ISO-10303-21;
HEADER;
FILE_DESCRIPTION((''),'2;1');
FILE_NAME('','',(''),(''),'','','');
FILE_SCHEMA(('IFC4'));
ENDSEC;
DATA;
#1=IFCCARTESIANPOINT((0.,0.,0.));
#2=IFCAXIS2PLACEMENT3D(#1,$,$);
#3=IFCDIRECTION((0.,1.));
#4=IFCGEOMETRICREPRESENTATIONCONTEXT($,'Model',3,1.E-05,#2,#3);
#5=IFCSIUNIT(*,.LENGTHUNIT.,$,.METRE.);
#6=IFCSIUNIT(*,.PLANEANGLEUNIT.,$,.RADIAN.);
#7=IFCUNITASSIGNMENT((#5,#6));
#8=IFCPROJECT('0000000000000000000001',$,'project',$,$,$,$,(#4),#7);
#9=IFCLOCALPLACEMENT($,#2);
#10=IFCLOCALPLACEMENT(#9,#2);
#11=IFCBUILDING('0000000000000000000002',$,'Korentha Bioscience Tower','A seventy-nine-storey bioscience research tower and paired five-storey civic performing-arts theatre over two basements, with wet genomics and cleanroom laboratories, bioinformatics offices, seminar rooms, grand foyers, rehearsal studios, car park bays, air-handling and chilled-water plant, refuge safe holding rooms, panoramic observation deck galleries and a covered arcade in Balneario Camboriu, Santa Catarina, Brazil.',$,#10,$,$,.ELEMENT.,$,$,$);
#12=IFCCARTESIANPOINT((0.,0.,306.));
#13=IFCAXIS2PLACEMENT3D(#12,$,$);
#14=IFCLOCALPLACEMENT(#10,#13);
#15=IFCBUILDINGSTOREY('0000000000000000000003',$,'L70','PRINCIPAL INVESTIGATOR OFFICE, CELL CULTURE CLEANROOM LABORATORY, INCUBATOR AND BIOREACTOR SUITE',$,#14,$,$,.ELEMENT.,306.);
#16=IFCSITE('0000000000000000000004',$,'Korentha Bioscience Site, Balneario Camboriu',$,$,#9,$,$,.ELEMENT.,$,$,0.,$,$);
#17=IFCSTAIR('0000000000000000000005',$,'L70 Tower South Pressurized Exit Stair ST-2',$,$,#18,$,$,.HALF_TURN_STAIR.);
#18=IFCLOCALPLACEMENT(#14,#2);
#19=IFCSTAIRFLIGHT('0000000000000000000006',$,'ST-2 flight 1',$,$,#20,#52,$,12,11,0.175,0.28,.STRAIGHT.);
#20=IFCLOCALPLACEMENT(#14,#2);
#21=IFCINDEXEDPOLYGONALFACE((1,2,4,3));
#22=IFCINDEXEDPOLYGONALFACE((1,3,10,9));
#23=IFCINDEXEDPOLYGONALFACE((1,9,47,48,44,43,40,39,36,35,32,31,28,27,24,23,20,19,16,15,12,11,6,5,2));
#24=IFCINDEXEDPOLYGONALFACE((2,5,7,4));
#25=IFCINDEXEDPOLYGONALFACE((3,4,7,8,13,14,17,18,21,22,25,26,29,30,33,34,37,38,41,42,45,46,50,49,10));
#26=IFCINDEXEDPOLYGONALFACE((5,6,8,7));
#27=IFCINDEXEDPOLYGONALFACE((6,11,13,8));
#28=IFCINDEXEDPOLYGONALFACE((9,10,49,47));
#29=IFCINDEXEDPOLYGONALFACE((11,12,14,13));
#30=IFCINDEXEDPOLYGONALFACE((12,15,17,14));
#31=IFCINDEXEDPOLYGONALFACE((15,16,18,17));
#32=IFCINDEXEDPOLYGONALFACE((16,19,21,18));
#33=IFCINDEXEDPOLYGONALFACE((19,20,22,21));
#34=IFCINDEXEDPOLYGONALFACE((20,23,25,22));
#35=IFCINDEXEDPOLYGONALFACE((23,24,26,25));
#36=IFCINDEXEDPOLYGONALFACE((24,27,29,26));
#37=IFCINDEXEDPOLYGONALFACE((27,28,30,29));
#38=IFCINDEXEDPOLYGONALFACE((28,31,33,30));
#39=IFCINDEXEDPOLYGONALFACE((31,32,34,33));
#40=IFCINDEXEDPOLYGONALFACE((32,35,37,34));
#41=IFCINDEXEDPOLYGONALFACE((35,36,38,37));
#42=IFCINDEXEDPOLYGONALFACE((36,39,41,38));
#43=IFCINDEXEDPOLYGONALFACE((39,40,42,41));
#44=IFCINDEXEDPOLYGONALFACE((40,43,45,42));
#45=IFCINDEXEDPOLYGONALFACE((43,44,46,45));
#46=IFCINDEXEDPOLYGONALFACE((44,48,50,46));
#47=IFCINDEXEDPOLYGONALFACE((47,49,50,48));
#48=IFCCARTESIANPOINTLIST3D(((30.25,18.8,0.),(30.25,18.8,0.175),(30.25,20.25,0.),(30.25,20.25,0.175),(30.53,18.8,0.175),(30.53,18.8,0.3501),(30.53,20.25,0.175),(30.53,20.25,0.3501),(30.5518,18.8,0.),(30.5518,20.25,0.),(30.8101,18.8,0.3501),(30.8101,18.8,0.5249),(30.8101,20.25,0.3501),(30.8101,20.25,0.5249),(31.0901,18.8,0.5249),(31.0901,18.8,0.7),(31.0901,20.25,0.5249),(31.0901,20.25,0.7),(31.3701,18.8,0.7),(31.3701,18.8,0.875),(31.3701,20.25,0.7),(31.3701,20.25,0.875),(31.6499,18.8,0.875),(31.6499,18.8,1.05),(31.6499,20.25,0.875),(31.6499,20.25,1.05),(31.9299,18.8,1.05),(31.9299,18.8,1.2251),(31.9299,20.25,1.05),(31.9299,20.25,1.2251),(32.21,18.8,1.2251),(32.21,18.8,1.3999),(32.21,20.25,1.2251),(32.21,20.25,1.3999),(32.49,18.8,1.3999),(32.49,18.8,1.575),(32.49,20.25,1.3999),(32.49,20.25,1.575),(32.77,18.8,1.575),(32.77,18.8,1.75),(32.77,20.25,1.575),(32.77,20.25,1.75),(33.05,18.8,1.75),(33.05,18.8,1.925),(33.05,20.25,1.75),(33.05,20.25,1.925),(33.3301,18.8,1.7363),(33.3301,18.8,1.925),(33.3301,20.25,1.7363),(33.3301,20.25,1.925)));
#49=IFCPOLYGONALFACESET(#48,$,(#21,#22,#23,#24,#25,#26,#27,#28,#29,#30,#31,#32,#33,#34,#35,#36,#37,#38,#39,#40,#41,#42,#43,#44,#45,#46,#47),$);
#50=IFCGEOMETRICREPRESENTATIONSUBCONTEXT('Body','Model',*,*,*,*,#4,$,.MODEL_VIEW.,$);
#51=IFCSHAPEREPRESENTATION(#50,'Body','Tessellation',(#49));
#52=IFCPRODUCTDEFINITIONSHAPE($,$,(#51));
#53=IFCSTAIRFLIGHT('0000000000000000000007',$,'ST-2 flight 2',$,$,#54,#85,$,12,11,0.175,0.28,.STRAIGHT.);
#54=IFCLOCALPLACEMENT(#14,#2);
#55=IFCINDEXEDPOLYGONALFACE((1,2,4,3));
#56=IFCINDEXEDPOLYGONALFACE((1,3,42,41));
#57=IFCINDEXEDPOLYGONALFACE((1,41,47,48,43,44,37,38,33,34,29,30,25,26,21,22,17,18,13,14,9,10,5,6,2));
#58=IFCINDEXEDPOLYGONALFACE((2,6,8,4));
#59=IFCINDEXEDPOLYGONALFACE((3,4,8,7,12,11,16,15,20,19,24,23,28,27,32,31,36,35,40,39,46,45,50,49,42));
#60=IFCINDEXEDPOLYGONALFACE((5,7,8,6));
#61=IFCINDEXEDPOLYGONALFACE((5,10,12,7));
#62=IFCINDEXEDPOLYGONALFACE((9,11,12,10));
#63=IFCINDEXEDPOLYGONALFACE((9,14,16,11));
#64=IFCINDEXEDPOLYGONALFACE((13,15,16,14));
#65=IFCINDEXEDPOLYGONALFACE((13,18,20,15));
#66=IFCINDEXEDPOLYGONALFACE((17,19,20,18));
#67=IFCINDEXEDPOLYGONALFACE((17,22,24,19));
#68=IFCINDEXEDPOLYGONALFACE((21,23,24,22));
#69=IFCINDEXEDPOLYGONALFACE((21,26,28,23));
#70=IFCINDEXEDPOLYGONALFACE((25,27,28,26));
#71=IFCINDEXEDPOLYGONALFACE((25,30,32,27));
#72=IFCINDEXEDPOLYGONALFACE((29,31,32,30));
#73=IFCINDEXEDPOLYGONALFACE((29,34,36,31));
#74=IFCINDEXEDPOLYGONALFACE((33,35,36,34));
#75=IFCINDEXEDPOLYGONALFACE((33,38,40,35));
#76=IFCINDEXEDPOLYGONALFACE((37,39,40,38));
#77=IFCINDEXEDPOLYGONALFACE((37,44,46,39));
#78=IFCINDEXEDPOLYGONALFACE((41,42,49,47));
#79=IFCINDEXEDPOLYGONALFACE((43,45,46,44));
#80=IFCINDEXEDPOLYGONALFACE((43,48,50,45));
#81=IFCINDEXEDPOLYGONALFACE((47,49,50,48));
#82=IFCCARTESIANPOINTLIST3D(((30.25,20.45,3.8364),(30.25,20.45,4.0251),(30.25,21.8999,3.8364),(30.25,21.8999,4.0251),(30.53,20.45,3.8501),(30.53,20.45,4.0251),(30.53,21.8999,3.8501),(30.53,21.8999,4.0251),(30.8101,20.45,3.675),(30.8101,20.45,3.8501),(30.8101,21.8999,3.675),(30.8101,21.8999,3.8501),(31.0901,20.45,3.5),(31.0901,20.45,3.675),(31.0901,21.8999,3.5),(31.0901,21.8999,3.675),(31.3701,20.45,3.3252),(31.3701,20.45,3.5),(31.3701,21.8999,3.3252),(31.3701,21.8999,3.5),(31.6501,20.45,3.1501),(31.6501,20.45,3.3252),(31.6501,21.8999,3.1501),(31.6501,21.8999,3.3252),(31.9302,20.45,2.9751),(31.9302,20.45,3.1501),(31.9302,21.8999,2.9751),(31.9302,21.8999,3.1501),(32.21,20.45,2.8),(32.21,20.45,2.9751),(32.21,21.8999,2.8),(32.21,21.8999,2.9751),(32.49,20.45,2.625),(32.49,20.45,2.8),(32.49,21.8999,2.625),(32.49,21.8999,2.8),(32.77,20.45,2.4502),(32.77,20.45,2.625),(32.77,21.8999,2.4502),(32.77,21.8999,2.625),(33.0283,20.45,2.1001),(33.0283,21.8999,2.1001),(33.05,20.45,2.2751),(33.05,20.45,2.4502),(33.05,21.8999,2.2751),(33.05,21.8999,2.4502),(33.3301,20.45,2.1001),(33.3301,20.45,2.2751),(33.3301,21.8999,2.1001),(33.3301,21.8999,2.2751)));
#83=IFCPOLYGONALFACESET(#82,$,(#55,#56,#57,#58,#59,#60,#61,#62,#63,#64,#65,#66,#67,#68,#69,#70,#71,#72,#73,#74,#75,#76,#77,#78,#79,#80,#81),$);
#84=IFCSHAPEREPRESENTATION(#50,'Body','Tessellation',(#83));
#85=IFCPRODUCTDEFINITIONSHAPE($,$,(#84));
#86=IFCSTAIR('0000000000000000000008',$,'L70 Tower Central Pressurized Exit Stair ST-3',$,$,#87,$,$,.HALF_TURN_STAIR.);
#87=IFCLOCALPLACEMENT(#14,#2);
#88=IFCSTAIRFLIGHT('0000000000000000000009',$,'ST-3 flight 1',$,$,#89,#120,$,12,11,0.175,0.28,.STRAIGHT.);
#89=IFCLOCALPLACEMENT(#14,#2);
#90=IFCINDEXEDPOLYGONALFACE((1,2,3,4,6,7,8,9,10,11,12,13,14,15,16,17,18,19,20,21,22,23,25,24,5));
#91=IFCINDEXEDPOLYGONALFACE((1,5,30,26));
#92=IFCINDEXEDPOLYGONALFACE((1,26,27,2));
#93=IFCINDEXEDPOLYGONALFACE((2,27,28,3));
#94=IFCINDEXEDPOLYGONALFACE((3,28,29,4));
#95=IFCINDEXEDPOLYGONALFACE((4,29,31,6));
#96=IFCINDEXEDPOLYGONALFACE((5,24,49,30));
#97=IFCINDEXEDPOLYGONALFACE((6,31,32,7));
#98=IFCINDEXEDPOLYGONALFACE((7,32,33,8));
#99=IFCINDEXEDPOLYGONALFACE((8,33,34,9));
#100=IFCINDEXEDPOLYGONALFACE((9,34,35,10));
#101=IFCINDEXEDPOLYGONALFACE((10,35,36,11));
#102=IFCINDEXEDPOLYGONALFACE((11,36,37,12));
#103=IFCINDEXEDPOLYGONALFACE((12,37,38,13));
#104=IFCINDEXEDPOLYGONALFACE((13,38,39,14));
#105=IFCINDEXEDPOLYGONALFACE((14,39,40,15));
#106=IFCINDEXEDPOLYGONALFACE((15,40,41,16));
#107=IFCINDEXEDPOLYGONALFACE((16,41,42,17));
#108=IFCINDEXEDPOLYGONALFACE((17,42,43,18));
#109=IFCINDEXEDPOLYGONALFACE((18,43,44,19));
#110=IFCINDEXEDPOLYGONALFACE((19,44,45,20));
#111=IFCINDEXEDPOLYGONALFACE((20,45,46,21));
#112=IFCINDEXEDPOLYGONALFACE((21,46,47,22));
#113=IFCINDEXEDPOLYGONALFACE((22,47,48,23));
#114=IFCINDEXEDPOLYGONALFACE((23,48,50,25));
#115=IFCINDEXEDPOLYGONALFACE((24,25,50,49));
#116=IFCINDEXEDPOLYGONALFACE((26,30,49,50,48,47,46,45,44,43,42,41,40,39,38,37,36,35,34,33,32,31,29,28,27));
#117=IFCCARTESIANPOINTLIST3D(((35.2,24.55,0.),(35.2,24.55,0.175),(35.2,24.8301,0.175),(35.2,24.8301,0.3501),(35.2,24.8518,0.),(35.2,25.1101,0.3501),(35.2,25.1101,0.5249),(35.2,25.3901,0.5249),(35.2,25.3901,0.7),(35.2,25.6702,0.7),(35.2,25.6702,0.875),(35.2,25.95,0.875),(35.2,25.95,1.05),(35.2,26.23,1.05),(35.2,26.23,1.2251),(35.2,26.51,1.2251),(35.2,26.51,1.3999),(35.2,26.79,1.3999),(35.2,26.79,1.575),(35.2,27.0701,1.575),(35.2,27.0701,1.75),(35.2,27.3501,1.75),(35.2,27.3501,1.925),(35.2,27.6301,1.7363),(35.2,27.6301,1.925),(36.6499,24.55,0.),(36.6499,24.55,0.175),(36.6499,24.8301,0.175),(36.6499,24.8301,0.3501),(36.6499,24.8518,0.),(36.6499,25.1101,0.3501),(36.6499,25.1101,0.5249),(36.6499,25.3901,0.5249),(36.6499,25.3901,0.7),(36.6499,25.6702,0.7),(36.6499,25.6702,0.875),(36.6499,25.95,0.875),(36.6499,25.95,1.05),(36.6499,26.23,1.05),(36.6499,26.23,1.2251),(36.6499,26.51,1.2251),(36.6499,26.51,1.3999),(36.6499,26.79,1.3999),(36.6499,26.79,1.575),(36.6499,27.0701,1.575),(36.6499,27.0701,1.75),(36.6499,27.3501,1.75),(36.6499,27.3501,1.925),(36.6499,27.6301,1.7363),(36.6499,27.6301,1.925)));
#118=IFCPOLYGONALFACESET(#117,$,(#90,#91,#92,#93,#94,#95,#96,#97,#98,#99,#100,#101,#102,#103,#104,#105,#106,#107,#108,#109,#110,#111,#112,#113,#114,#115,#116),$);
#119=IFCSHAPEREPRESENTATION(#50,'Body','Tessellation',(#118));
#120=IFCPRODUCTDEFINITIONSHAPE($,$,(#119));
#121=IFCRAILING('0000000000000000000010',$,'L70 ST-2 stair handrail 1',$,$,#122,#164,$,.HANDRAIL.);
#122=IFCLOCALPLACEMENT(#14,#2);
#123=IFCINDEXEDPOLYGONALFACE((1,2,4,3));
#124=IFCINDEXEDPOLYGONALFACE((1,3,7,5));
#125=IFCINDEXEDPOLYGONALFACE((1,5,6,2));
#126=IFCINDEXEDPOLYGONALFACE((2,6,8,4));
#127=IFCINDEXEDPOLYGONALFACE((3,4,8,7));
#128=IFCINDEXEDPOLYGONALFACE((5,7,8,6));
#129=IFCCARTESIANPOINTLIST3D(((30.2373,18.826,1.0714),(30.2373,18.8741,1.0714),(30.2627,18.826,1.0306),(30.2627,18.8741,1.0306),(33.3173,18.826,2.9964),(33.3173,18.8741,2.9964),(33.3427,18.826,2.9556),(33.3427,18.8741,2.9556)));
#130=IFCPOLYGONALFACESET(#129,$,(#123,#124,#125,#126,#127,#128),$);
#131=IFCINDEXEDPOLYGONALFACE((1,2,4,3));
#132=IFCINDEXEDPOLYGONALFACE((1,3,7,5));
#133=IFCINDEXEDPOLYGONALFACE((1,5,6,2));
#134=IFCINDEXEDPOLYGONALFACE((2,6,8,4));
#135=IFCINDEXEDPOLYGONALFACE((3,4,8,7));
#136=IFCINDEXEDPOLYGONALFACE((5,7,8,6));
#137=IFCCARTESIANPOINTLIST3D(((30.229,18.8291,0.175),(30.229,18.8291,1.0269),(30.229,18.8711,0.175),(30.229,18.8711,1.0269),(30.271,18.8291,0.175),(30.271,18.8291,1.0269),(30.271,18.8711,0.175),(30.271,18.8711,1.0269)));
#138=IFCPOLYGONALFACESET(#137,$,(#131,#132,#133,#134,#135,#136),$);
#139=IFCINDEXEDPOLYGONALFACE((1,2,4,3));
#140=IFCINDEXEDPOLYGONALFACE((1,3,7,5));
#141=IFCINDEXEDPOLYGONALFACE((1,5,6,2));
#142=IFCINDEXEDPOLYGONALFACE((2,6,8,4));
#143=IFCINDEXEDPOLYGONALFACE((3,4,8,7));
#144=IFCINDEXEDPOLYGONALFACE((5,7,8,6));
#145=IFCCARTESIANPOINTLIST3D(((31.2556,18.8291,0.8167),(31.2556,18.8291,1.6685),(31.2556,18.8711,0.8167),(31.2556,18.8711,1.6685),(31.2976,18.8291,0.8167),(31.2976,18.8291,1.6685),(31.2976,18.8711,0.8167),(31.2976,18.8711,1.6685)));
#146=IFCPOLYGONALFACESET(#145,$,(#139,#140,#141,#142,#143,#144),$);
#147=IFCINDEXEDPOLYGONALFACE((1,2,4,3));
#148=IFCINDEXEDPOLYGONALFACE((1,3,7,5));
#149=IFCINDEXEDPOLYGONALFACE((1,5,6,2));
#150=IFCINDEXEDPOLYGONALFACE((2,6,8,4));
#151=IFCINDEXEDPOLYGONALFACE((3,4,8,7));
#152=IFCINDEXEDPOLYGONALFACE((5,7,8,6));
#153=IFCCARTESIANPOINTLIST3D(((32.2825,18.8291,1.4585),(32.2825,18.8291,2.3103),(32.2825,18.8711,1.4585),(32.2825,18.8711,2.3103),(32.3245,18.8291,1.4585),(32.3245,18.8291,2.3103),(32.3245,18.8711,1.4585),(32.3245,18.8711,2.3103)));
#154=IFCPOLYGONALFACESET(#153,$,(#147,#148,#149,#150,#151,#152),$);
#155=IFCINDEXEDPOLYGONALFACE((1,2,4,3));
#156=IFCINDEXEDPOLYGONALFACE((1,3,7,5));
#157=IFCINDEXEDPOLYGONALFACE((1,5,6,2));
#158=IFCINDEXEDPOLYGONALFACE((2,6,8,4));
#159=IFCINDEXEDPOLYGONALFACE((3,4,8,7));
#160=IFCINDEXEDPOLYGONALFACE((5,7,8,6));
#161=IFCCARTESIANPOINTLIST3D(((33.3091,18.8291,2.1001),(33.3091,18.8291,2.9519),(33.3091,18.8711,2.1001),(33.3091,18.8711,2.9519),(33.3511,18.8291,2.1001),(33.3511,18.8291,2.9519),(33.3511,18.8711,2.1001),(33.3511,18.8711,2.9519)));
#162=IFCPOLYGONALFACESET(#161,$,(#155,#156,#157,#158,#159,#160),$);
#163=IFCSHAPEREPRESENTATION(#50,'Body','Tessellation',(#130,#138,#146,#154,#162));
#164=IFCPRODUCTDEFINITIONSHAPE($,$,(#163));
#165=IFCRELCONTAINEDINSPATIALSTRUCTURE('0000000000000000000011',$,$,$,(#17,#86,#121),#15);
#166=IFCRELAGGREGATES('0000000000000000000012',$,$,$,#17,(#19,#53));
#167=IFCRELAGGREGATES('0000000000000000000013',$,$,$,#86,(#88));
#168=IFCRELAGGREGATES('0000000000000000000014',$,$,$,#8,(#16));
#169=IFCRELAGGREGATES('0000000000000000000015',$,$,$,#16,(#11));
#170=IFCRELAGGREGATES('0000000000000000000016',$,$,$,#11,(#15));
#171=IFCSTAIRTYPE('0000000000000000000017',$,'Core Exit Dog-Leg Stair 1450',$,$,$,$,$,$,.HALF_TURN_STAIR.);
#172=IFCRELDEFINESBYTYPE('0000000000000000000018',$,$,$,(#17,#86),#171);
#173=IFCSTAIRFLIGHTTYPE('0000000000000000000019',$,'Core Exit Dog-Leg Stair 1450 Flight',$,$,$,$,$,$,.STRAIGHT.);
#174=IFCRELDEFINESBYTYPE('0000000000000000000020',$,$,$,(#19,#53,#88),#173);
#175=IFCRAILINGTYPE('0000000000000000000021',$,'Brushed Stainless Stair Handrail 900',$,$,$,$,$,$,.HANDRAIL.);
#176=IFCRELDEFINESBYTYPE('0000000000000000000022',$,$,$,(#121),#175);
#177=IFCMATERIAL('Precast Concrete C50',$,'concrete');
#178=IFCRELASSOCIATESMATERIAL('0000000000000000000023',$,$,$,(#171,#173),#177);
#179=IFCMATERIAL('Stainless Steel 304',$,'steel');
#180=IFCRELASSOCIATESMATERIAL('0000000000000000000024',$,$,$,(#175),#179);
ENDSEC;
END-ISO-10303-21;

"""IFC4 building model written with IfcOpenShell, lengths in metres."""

from ifc_helpers import new_model, si_unit, direction, frame, origin, origin_2d, place, context, subcontext, project, spatial, polyline, rectangle, outline, extrude, material, type_object, element, aggregate, save


model = new_model("IFC4")

# Units and contexts
model_context = context("Model", 3, precision=1e-05, world=origin(), true_north=direction((0.0, 1.0)))
body_context = subcontext(model_context, "Body", "Model", "MODEL_VIEW")
ifc_project = project(units=[si_unit("LENGTHUNIT", "METRE"), si_unit("PLANEANGLEUNIT", "RADIAN")], contexts=[model_context])

# Site, building, storey
site_placement = place(None, origin())
site = spatial("IfcSite", under=ifc_project, at=site_placement, Name="Korentha Bioscience Site, Balneario Camboriu", CompositionType="ELEMENT", RefElevation=0.0)
building_placement = place(site_placement, origin())
building = spatial("IfcBuilding", under=site, at=building_placement, Name="Korentha Bioscience Tower", Description="A seventy-nine-storey bioscience research tower and paired five-storey civic performing-arts theatre over two basements, with wet genomics and cleanroom laboratories, bioinformatics offices, seminar rooms, grand foyers, rehearsal studios, car park bays, air-handling and chilled-water plant, refuge safe holding rooms, panoramic observation deck galleries and a covered arcade in Balneario Camboriu, Santa Catarina, Brazil.", CompositionType="ELEMENT")
storey_placement = place(building_placement, frame((0.0, 0.0, 306.0)))
storey = spatial("IfcBuildingStorey", under=building, at=storey_placement, Name="L70", Description="PRINCIPAL INVESTIGATOR OFFICE, CELL CULTURE CLEANROOM LABORATORY, INCUBATOR AND BIOREACTOR SUITE", CompositionType="ELEMENT", Elevation=306.0)

# Stair, stair flights
ifc_material_1 = material(Name="Precast Concrete C50", Category="concrete")
stair_type = type_object("IfcStairType", Name="Core Exit Dog-Leg Stair 1450", PredefinedType="HALF_TURN_STAIR", material=ifc_material_1)
stair_1_placement = place(storey_placement, origin())
stair_1 = element("IfcStair", 1, at=stair_1_placement, inside=storey, type_object=stair_type, Name="L70 Tower South Pressurized Exit Stair ST-2", PredefinedType="HALF_TURN_STAIR")
stair_flight_type = type_object("IfcStairFlightType", Name="Core Exit Dog-Leg Stair 1450 Flight", PredefinedType="STRAIGHT", material=ifc_material_1)
stair_flight_1_placement = place(storey_placement, frame((30.25, 19.5249, 0.0), z_axis=(0.0, 0.0, 1.0), x_axis=(1.0, 0.0, 0.0)))
stair_flight_1 = element("IfcStairFlight", 2, at=stair_flight_1_placement, type_object=stair_flight_type, Name="ST-2 flight 1", NumberOfRisers=12, NumberOfTreads=11, PredefinedType="STRAIGHT", RiserHeight=0.175, TreadLength=0.28, context=body_context, shape_type="SweptSolid", body=[
    extrude(outline(polyline([(0.0, 0.0), (0.0, 0.175), (0.28, 0.175), (0.28, 0.3501), (0.5601, 0.3501), (0.5601, 0.5249), (0.8401, 0.5249), (0.8401, 0.7), (1.1201, 0.7), (1.1201, 0.875), (1.3999, 0.875), (1.3999, 1.05), (1.6799, 1.05), (1.6799, 1.2251), (1.96, 1.2251), (1.96, 1.3999), (2.24, 1.3999), (2.24, 1.575), (2.52, 1.575), (2.52, 1.75), (2.8, 1.75), (2.8, 1.925), (3.0801, 1.925), (3.0801, 2.1001), (3.0801, 1.7363), (0.3018, 0.0), (0.0, 0.0)])), frame((0.0, 0.7251, 0.0), z_axis=(0.0, -1.0, 0.0), x_axis=(1.0, 0.0, 0.0)), (0.0, 0.0, 1.0), 1.45),
])
stair_flight_2_placement = place(storey_placement, frame((33.3301, 21.175, 2.1001), z_axis=(0.0, 0.0, 1.0), x_axis=(-1.0, 0.0, 0.0)))
stair_flight_2 = element("IfcStairFlight", 3, at=stair_flight_2_placement, type_object=stair_flight_type, Name="ST-2 flight 2", NumberOfRisers=12, NumberOfTreads=11, PredefinedType="STRAIGHT", RiserHeight=0.175, TreadLength=0.28, context=body_context, shape_type="SweptSolid", body=[
    extrude(outline(polyline([(0.0, 0.0), (0.0, 0.175), (0.28, 0.175), (0.28, 0.3501), (0.5601, 0.3501), (0.5601, 0.5249), (0.8401, 0.5249), (0.8401, 0.7), (1.1201, 0.7), (1.1201, 0.875), (1.3999, 0.875), (1.3999, 1.05), (1.6799, 1.05), (1.6799, 1.2251), (1.96, 1.2251), (1.96, 1.3999), (2.24, 1.3999), (2.24, 1.575), (2.52, 1.575), (2.52, 1.75), (2.8, 1.75), (2.8, 1.925), (3.0801, 1.925), (3.0801, 2.1001), (3.0801, 1.7363), (0.3018, 0.0), (0.0, 0.0)])), frame((0.0, 0.7251, 0.0), z_axis=(0.0, -1.0, 0.0), x_axis=(1.0, 0.0, 0.0)), (0.0, 0.0, 1.0), 1.45),
])
aggregate(stair_1, [stair_flight_1, stair_flight_2])

# Stair, stair flight
stair_2_placement = place(storey_placement, origin())
stair_2 = element("IfcStair", 4, at=stair_2_placement, inside=storey, type_object=stair_type, Name="L70 Tower Central Pressurized Exit Stair ST-3", PredefinedType="HALF_TURN_STAIR")
stair_flight_3_placement = place(storey_placement, frame((35.925, 24.55, 0.0), z_axis=(0.0, 0.0, 1.0), x_axis=(0.0, 1.0, 0.0)))
stair_flight_3 = element("IfcStairFlight", 5, at=stair_flight_3_placement, type_object=stair_flight_type, Name="ST-3 flight 1", NumberOfRisers=12, NumberOfTreads=11, PredefinedType="STRAIGHT", RiserHeight=0.175, TreadLength=0.28, context=body_context, shape_type="SweptSolid", body=[
    extrude(outline(polyline([(0.0, 0.0), (0.0, 0.175), (0.28, 0.175), (0.28, 0.3501), (0.5601, 0.3501), (0.5601, 0.5249), (0.8401, 0.5249), (0.8401, 0.7), (1.1201, 0.7), (1.1201, 0.875), (1.3999, 0.875), (1.3999, 1.05), (1.6799, 1.05), (1.6799, 1.2251), (1.96, 1.2251), (1.96, 1.3999), (2.24, 1.3999), (2.24, 1.575), (2.52, 1.575), (2.52, 1.75), (2.8, 1.75), (2.8, 1.925), (3.0801, 1.925), (3.0801, 2.1001), (3.0801, 1.7363), (0.3018, 0.0), (0.0, 0.0)])), frame((0.0, 0.7251, 0.0), z_axis=(0.0, -1.0, 0.0), x_axis=(1.0, 0.0, 0.0)), (0.0, 0.0, 1.0), 1.45),
])
aggregate(stair_2, [stair_flight_3])

# Railing
ifc_material_2 = material(Name="Stainless Steel 304", Category="steel")
railing_type_1 = type_object("IfcRailingType", Name="Brushed Stainless Stair Handrail 900", PredefinedType="HANDRAIL", material=ifc_material_2)
railing_1_placement = place(storey_placement, frame((30.25, 18.8501, 0.175)))
element("IfcRailing", 6, at=railing_1_placement, inside=storey, type_object=railing_type_1, Name="L70 ST-2 stair handrail 1", PredefinedType="HANDRAIL", context=body_context, shape_type="SweptSolid", body=[
    extrude(rectangle(XDim=0.0481, YDim=0.0481, at=origin_2d()), frame((0.0, 0.0, 0.876), z_axis=(0.847998, 0.0, 0.529999), x_axis=(0.0, 1.0, 0.0)), (0.0, 0.0, 1.0), 3.6321),
    extrude(rectangle(XDim=0.042, YDim=0.042, at=origin_2d()), origin(), (0.0, 0.0, 1.0), 0.8518),
    extrude(rectangle(XDim=0.042, YDim=0.042, at=origin_2d()), frame((1.0266, 0.0, 0.6416)), (0.0, 0.0, 1.0), 0.8518),
    extrude(rectangle(XDim=0.042, YDim=0.042, at=origin_2d()), frame((2.0535, 0.0, 1.2834)), (0.0, 0.0, 1.0), 0.8518),
    extrude(rectangle(XDim=0.042, YDim=0.042, at=origin_2d()), frame((3.0801, 0.0, 1.925)), (0.0, 0.0, 1.0), 0.8518),
])

save(model, "model.ifc")
